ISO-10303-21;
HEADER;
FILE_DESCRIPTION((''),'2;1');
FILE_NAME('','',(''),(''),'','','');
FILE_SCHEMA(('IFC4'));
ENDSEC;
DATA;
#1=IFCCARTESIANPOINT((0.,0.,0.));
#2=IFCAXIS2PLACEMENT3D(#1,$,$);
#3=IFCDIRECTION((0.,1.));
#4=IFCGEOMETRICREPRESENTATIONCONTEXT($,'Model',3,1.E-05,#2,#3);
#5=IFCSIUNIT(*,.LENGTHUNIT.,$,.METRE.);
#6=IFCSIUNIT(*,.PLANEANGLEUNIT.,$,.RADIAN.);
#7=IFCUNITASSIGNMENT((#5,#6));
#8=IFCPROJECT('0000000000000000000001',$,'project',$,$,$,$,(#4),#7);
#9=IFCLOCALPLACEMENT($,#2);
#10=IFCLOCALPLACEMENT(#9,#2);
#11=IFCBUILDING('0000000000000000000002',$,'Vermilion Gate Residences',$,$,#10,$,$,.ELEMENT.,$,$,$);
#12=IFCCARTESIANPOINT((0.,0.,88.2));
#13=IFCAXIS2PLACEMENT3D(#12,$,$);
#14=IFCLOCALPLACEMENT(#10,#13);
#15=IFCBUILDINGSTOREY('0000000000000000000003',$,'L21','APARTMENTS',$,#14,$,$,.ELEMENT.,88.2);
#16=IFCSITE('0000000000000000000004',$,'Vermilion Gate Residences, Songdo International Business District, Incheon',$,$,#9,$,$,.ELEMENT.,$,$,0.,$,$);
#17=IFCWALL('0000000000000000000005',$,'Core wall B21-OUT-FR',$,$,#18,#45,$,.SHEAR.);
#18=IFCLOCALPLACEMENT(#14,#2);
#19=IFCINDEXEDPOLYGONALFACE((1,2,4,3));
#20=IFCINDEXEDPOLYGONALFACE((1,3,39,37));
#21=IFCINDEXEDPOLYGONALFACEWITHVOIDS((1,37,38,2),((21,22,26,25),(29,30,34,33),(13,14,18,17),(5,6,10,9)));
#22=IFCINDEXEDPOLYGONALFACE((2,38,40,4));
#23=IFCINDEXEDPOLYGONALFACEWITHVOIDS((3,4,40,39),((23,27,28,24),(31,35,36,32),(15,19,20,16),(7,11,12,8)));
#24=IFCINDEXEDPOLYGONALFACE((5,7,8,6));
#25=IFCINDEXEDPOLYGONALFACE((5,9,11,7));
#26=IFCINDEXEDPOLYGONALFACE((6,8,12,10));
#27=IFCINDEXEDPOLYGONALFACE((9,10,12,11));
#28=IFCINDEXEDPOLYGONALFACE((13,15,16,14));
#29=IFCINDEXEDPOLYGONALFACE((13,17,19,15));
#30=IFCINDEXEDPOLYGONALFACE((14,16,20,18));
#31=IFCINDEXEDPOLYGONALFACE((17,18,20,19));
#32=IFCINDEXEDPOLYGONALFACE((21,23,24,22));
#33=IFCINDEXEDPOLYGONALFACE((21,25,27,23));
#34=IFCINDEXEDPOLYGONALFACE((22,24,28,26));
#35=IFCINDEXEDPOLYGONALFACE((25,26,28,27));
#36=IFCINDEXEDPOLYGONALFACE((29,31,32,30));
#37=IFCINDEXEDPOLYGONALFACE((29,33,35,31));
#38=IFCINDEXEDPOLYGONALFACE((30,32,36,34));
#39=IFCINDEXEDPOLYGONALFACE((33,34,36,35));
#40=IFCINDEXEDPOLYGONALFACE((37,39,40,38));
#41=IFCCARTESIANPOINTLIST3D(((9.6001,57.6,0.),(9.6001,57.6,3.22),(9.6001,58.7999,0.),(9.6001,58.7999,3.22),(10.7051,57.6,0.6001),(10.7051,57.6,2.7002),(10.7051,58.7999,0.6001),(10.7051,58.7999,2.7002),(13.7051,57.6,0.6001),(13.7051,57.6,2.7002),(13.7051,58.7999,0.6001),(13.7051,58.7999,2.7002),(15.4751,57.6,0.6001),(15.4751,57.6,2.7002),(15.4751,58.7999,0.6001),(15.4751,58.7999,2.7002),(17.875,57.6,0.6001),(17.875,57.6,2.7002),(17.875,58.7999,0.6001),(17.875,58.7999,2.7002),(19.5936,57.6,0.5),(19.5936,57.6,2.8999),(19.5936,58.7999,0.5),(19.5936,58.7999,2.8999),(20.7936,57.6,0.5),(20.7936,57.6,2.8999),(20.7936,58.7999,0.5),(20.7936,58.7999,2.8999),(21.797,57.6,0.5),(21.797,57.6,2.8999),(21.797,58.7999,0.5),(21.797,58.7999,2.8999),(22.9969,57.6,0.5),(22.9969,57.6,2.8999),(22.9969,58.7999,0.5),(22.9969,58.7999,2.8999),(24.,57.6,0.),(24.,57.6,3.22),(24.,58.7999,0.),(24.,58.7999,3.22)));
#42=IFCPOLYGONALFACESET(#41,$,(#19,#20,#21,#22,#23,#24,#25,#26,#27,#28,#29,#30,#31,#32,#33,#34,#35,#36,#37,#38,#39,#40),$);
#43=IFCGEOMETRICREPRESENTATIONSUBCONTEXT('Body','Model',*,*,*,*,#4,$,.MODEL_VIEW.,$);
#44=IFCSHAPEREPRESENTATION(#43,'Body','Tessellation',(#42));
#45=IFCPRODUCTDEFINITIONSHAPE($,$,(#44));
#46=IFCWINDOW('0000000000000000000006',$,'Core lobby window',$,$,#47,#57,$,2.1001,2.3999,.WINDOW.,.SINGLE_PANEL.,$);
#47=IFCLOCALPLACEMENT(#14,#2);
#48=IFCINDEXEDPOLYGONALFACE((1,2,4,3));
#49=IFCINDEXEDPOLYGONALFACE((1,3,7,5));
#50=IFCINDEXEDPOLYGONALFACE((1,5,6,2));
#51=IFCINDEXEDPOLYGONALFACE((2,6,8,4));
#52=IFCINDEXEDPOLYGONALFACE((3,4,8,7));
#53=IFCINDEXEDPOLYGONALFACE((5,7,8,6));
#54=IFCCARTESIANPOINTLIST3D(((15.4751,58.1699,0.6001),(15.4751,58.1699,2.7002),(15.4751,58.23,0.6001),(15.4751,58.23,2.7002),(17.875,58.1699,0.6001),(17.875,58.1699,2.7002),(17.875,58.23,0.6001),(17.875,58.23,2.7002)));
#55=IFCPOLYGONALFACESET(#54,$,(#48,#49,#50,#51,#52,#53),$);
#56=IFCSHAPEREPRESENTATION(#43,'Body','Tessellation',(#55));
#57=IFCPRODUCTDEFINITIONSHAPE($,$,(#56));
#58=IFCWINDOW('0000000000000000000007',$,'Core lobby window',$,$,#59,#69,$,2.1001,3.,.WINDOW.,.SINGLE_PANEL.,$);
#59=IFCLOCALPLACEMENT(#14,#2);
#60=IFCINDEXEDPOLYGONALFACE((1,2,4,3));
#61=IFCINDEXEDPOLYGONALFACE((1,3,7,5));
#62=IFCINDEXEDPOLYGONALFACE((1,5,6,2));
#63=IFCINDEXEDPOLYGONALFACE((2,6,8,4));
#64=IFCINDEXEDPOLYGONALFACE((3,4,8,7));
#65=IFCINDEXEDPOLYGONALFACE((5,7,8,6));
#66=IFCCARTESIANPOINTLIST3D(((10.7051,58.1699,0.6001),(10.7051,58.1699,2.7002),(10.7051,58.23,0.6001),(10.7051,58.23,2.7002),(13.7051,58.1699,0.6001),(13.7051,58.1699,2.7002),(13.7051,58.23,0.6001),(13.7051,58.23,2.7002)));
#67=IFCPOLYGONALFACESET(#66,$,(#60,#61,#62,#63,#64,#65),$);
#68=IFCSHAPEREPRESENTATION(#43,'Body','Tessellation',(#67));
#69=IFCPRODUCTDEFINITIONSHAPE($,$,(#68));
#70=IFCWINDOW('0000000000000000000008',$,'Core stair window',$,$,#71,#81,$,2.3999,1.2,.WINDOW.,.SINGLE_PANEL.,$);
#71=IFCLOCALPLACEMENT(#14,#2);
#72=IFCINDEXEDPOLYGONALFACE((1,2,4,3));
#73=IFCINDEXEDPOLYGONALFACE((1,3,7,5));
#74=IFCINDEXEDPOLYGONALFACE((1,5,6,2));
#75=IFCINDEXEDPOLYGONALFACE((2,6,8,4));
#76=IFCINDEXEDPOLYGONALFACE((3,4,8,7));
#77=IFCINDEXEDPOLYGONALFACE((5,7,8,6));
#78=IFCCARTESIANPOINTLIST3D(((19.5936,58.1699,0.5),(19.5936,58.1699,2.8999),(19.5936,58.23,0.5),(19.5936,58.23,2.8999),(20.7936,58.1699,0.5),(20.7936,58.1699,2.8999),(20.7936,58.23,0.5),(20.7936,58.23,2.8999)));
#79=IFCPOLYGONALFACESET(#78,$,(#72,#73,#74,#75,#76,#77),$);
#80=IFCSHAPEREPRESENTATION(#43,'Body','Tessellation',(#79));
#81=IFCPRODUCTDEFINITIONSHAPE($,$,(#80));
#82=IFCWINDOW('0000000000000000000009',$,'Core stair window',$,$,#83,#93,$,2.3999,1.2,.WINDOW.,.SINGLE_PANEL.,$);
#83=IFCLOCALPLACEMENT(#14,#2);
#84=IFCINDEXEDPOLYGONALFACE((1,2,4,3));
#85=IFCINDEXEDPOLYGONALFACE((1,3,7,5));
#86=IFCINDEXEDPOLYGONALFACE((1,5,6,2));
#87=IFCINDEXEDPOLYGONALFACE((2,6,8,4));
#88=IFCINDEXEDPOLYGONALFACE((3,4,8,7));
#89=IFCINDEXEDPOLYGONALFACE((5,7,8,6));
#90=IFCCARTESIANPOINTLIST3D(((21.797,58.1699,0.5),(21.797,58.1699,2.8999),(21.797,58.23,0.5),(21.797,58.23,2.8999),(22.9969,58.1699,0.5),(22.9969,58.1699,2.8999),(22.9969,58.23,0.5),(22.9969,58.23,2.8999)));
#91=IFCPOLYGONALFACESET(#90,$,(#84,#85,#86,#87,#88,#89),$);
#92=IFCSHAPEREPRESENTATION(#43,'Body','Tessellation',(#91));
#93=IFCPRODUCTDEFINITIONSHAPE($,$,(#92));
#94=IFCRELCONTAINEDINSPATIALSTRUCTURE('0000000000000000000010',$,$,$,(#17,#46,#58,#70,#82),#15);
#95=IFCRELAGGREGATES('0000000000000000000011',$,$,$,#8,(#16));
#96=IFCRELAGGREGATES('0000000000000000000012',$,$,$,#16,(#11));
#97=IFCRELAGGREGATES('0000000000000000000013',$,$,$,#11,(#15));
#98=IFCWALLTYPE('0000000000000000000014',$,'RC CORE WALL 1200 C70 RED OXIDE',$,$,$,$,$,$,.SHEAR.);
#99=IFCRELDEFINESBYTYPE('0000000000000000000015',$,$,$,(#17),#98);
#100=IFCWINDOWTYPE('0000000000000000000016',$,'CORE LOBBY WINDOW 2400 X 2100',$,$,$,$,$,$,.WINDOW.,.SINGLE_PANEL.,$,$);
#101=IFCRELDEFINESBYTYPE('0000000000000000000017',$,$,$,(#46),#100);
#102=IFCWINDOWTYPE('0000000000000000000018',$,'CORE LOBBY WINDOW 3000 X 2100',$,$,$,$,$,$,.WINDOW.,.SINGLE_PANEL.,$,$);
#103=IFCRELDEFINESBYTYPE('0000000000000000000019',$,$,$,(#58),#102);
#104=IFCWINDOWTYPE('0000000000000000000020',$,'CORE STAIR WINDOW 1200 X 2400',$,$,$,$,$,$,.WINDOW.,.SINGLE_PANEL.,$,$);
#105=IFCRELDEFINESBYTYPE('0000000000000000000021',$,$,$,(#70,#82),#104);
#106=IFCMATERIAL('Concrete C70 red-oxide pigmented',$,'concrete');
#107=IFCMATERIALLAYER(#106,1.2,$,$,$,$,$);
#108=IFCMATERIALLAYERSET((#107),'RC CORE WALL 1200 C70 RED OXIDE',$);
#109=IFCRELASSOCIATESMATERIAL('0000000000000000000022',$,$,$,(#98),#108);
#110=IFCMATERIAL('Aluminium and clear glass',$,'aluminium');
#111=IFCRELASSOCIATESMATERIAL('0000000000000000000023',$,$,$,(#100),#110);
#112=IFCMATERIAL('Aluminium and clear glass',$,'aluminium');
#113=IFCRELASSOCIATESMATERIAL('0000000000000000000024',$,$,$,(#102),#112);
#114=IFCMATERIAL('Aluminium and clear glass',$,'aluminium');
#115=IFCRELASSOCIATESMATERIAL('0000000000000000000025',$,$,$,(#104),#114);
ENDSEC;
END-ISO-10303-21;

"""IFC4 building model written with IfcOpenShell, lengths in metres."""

from ifc_helpers import new_model, si_unit, direction, frame, frame_2d, origin, place, context, subcontext, project, spatial, rectangle, extrude, material, layer, layer_set, type_object, element, fill, save


model = new_model("IFC4")

# Units and contexts
model_context = context("Model", 3, precision=1e-05, world=origin(), true_north=direction((0.0, 1.0)))
body_context = subcontext(model_context, "Body", "Model", "MODEL_VIEW")
ifc_project = project(units=[si_unit("LENGTHUNIT", "METRE"), si_unit("PLANEANGLEUNIT", "RADIAN")], contexts=[model_context])

# Site, building, storey
site_placement = place(None, origin())
site = spatial("IfcSite", under=ifc_project, at=site_placement, Name="Vermilion Gate Residences, Songdo International Business District, Incheon", CompositionType="ELEMENT", RefElevation=0.0)
building_placement = place(site_placement, origin())
building = spatial("IfcBuilding", under=site, at=building_placement, Name="Vermilion Gate Residences", CompositionType="ELEMENT")
storey_placement = place(building_placement, frame((0.0, 0.0, 88.2)))
storey = spatial("IfcBuildingStorey", under=building, at=storey_placement, Name="L21", Description="APARTMENTS", CompositionType="ELEMENT", Elevation=88.2)

# Wall, openings, windows
ifc_material_1 = material(Name="Concrete C70 red-oxide pigmented", Category="concrete")
ifc_layer_1 = layer(ifc_material_1, 1.2)
ifc_layer_set_1 = layer_set([ifc_layer_1], Name="RC CORE WALL 1200 C70 RED OXIDE")
wall_type_1 = type_object("IfcWallType", Name="RC CORE WALL 1200 C70 RED OXIDE", PredefinedType="SHEAR", material=ifc_layer_set_1)
wall_1_placement = place(storey_placement, frame((9.6001, 58.2, 0.0), z_axis=(0.0, 0.0, 1.0), x_axis=(1.0, 0.0, 0.0)))
wall_1 = element("IfcWall", 1, at=wall_1_placement, inside=storey, type_object=wall_type_1, Name="Core wall B21-OUT-FR", PredefinedType="SHEAR", context=body_context, shape_type="SweptSolid", body=[
    extrude(rectangle(XDim=14.3999, YDim=1.2, at=frame_2d((7.2, 0.0))), origin(), (0.0, 0.0, 1.0), 3.22),
])
opening_1_placement = place(wall_1_placement, frame((1.105, 0.0, 0.6001)))
opening_1 = element("IfcOpeningElement", 2, at=opening_1_placement, cuts=wall_1, PredefinedType="OPENING", context=body_context, shape_type="SweptSolid", body=[
    extrude(rectangle(XDim=3.0, YDim=2.1001, at=frame_2d((1.5, 1.05))), frame((0.0, 0.6099, 0.0), z_axis=(0.0, -1.0, 0.0), x_axis=(1.0, 0.0, 0.0)), (0.0, 0.0, 1.0), 1.22),
])
opening_2_placement = place(wall_1_placement, frame((5.875, 0.0, 0.6001)))
opening_2 = element("IfcOpeningElement", 3, at=opening_2_placement, cuts=wall_1, PredefinedType="OPENING", context=body_context, shape_type="SweptSolid", body=[
    extrude(rectangle(XDim=2.3999, YDim=2.1001, at=frame_2d((1.2, 1.05))), frame((0.0, 0.6099, 0.0), z_axis=(0.0, -1.0, 0.0), x_axis=(1.0, 0.0, 0.0)), (0.0, 0.0, 1.0), 1.22),
])
opening_3_placement = place(wall_1_placement, frame((9.9934, 0.0, 0.5)))
opening_3 = element("IfcOpeningElement", 4, at=opening_3_placement, cuts=wall_1, PredefinedType="OPENING", context=body_context, shape_type="SweptSolid", body=[
    extrude(rectangle(XDim=1.2, YDim=2.3999, at=frame_2d((0.6001, 1.2))), frame((0.0, 0.6099, 0.0), z_axis=(0.0, -1.0, 0.0), x_axis=(1.0, 0.0, 0.0)), (0.0, 0.0, 1.0), 1.22),
])
opening_4_placement = place(wall_1_placement, frame((12.1968, 0.0, 0.5)))
opening_4 = element("IfcOpeningElement", 5, at=opening_4_placement, cuts=wall_1, PredefinedType="OPENING", context=body_context, shape_type="SweptSolid", body=[
    extrude(rectangle(XDim=1.2, YDim=2.3999, at=frame_2d((0.6001, 1.2))), frame((0.0, 0.6099, 0.0), z_axis=(0.0, -1.0, 0.0), x_axis=(1.0, 0.0, 0.0)), (0.0, 0.0, 1.0), 1.22),
])
ifc_material_2 = material(Name="Aluminium and clear glass", Category="aluminium")
window_type_1 = type_object("IfcWindowType", Name="CORE LOBBY WINDOW 2400 X 2100", PartitioningType="SINGLE_PANEL", PredefinedType="WINDOW", material=ifc_material_2)
window_1_placement = place(opening_2_placement, origin())
window_1 = element("IfcWindow", 6, at=window_1_placement, inside=storey, type_object=window_type_1, Name="Core lobby window", OverallHeight=2.1001, OverallWidth=2.3999, PartitioningType="SINGLE_PANEL", PredefinedType="WINDOW", context=body_context, shape_type="SweptSolid", body=[
    extrude(rectangle(XDim=2.3999, YDim=2.1001, at=frame_2d((1.2, 1.05))), frame((0.0, 0.03, 0.0), z_axis=(0.0, -1.0, 0.0), x_axis=(1.0, 0.0, 0.0)), (0.0, 0.0, 1.0), 0.0601),
])
fill(opening_2, window_1)
ifc_material_3 = material(Name="Aluminium and clear glass", Category="aluminium")
window_type_2 = type_object("IfcWindowType", Name="CORE LOBBY WINDOW 3000 X 2100", PartitioningType="SINGLE_PANEL", PredefinedType="WINDOW", material=ifc_material_3)
window_2_placement = place(opening_1_placement, origin())
window_2 = element("IfcWindow", 7, at=window_2_placement, inside=storey, type_object=window_type_2, Name="Core lobby window", OverallHeight=2.1001, OverallWidth=3.0, PartitioningType="SINGLE_PANEL", PredefinedType="WINDOW", context=body_context, shape_type="SweptSolid", body=[
    extrude(rectangle(XDim=3.0, YDim=2.1001, at=frame_2d((1.5, 1.05))), frame((0.0, 0.03, 0.0), z_axis=(0.0, -1.0, 0.0), x_axis=(1.0, 0.0, 0.0)), (0.0, 0.0, 1.0), 0.0601),
])
fill(opening_1, window_2)
ifc_material_4 = material(Name="Aluminium and clear glass", Category="aluminium")
window_type_3 = type_object("IfcWindowType", Name="CORE STAIR WINDOW 1200 X 2400", PartitioningType="SINGLE_PANEL", PredefinedType="WINDOW", material=ifc_material_4)
window_3_placement = place(opening_3_placement, origin())
window_3 = element("IfcWindow", 8, at=window_3_placement, inside=storey, type_object=window_type_3, Name="Core stair window", OverallHeight=2.3999, OverallWidth=1.2, PartitioningType="SINGLE_PANEL", PredefinedType="WINDOW", context=body_context, shape_type="SweptSolid", body=[
    extrude(rectangle(XDim=1.2, YDim=2.3999, at=frame_2d((0.6001, 1.2))), frame((0.0, 0.03, 0.0), z_axis=(0.0, -1.0, 0.0), x_axis=(1.0, 0.0, 0.0)), (0.0, 0.0, 1.0), 0.0601),
])
fill(opening_3, window_3)
window_4_placement = place(opening_4_placement, origin())
window_4 = element("IfcWindow", 9, at=window_4_placement, inside=storey, type_object=window_type_3, Name="Core stair window", OverallHeight=2.3999, OverallWidth=1.2, PartitioningType="SINGLE_PANEL", PredefinedType="WINDOW", context=body_context, shape_type="SweptSolid", body=[
    extrude(rectangle(XDim=1.2, YDim=2.3999, at=frame_2d((0.6001, 1.2))), frame((0.0, 0.03, 0.0), z_axis=(0.0, -1.0, 0.0), x_axis=(1.0, 0.0, 0.0)), (0.0, 0.0, 1.0), 0.0601),
])
fill(opening_4, window_4)

save(model, "model.ifc")
